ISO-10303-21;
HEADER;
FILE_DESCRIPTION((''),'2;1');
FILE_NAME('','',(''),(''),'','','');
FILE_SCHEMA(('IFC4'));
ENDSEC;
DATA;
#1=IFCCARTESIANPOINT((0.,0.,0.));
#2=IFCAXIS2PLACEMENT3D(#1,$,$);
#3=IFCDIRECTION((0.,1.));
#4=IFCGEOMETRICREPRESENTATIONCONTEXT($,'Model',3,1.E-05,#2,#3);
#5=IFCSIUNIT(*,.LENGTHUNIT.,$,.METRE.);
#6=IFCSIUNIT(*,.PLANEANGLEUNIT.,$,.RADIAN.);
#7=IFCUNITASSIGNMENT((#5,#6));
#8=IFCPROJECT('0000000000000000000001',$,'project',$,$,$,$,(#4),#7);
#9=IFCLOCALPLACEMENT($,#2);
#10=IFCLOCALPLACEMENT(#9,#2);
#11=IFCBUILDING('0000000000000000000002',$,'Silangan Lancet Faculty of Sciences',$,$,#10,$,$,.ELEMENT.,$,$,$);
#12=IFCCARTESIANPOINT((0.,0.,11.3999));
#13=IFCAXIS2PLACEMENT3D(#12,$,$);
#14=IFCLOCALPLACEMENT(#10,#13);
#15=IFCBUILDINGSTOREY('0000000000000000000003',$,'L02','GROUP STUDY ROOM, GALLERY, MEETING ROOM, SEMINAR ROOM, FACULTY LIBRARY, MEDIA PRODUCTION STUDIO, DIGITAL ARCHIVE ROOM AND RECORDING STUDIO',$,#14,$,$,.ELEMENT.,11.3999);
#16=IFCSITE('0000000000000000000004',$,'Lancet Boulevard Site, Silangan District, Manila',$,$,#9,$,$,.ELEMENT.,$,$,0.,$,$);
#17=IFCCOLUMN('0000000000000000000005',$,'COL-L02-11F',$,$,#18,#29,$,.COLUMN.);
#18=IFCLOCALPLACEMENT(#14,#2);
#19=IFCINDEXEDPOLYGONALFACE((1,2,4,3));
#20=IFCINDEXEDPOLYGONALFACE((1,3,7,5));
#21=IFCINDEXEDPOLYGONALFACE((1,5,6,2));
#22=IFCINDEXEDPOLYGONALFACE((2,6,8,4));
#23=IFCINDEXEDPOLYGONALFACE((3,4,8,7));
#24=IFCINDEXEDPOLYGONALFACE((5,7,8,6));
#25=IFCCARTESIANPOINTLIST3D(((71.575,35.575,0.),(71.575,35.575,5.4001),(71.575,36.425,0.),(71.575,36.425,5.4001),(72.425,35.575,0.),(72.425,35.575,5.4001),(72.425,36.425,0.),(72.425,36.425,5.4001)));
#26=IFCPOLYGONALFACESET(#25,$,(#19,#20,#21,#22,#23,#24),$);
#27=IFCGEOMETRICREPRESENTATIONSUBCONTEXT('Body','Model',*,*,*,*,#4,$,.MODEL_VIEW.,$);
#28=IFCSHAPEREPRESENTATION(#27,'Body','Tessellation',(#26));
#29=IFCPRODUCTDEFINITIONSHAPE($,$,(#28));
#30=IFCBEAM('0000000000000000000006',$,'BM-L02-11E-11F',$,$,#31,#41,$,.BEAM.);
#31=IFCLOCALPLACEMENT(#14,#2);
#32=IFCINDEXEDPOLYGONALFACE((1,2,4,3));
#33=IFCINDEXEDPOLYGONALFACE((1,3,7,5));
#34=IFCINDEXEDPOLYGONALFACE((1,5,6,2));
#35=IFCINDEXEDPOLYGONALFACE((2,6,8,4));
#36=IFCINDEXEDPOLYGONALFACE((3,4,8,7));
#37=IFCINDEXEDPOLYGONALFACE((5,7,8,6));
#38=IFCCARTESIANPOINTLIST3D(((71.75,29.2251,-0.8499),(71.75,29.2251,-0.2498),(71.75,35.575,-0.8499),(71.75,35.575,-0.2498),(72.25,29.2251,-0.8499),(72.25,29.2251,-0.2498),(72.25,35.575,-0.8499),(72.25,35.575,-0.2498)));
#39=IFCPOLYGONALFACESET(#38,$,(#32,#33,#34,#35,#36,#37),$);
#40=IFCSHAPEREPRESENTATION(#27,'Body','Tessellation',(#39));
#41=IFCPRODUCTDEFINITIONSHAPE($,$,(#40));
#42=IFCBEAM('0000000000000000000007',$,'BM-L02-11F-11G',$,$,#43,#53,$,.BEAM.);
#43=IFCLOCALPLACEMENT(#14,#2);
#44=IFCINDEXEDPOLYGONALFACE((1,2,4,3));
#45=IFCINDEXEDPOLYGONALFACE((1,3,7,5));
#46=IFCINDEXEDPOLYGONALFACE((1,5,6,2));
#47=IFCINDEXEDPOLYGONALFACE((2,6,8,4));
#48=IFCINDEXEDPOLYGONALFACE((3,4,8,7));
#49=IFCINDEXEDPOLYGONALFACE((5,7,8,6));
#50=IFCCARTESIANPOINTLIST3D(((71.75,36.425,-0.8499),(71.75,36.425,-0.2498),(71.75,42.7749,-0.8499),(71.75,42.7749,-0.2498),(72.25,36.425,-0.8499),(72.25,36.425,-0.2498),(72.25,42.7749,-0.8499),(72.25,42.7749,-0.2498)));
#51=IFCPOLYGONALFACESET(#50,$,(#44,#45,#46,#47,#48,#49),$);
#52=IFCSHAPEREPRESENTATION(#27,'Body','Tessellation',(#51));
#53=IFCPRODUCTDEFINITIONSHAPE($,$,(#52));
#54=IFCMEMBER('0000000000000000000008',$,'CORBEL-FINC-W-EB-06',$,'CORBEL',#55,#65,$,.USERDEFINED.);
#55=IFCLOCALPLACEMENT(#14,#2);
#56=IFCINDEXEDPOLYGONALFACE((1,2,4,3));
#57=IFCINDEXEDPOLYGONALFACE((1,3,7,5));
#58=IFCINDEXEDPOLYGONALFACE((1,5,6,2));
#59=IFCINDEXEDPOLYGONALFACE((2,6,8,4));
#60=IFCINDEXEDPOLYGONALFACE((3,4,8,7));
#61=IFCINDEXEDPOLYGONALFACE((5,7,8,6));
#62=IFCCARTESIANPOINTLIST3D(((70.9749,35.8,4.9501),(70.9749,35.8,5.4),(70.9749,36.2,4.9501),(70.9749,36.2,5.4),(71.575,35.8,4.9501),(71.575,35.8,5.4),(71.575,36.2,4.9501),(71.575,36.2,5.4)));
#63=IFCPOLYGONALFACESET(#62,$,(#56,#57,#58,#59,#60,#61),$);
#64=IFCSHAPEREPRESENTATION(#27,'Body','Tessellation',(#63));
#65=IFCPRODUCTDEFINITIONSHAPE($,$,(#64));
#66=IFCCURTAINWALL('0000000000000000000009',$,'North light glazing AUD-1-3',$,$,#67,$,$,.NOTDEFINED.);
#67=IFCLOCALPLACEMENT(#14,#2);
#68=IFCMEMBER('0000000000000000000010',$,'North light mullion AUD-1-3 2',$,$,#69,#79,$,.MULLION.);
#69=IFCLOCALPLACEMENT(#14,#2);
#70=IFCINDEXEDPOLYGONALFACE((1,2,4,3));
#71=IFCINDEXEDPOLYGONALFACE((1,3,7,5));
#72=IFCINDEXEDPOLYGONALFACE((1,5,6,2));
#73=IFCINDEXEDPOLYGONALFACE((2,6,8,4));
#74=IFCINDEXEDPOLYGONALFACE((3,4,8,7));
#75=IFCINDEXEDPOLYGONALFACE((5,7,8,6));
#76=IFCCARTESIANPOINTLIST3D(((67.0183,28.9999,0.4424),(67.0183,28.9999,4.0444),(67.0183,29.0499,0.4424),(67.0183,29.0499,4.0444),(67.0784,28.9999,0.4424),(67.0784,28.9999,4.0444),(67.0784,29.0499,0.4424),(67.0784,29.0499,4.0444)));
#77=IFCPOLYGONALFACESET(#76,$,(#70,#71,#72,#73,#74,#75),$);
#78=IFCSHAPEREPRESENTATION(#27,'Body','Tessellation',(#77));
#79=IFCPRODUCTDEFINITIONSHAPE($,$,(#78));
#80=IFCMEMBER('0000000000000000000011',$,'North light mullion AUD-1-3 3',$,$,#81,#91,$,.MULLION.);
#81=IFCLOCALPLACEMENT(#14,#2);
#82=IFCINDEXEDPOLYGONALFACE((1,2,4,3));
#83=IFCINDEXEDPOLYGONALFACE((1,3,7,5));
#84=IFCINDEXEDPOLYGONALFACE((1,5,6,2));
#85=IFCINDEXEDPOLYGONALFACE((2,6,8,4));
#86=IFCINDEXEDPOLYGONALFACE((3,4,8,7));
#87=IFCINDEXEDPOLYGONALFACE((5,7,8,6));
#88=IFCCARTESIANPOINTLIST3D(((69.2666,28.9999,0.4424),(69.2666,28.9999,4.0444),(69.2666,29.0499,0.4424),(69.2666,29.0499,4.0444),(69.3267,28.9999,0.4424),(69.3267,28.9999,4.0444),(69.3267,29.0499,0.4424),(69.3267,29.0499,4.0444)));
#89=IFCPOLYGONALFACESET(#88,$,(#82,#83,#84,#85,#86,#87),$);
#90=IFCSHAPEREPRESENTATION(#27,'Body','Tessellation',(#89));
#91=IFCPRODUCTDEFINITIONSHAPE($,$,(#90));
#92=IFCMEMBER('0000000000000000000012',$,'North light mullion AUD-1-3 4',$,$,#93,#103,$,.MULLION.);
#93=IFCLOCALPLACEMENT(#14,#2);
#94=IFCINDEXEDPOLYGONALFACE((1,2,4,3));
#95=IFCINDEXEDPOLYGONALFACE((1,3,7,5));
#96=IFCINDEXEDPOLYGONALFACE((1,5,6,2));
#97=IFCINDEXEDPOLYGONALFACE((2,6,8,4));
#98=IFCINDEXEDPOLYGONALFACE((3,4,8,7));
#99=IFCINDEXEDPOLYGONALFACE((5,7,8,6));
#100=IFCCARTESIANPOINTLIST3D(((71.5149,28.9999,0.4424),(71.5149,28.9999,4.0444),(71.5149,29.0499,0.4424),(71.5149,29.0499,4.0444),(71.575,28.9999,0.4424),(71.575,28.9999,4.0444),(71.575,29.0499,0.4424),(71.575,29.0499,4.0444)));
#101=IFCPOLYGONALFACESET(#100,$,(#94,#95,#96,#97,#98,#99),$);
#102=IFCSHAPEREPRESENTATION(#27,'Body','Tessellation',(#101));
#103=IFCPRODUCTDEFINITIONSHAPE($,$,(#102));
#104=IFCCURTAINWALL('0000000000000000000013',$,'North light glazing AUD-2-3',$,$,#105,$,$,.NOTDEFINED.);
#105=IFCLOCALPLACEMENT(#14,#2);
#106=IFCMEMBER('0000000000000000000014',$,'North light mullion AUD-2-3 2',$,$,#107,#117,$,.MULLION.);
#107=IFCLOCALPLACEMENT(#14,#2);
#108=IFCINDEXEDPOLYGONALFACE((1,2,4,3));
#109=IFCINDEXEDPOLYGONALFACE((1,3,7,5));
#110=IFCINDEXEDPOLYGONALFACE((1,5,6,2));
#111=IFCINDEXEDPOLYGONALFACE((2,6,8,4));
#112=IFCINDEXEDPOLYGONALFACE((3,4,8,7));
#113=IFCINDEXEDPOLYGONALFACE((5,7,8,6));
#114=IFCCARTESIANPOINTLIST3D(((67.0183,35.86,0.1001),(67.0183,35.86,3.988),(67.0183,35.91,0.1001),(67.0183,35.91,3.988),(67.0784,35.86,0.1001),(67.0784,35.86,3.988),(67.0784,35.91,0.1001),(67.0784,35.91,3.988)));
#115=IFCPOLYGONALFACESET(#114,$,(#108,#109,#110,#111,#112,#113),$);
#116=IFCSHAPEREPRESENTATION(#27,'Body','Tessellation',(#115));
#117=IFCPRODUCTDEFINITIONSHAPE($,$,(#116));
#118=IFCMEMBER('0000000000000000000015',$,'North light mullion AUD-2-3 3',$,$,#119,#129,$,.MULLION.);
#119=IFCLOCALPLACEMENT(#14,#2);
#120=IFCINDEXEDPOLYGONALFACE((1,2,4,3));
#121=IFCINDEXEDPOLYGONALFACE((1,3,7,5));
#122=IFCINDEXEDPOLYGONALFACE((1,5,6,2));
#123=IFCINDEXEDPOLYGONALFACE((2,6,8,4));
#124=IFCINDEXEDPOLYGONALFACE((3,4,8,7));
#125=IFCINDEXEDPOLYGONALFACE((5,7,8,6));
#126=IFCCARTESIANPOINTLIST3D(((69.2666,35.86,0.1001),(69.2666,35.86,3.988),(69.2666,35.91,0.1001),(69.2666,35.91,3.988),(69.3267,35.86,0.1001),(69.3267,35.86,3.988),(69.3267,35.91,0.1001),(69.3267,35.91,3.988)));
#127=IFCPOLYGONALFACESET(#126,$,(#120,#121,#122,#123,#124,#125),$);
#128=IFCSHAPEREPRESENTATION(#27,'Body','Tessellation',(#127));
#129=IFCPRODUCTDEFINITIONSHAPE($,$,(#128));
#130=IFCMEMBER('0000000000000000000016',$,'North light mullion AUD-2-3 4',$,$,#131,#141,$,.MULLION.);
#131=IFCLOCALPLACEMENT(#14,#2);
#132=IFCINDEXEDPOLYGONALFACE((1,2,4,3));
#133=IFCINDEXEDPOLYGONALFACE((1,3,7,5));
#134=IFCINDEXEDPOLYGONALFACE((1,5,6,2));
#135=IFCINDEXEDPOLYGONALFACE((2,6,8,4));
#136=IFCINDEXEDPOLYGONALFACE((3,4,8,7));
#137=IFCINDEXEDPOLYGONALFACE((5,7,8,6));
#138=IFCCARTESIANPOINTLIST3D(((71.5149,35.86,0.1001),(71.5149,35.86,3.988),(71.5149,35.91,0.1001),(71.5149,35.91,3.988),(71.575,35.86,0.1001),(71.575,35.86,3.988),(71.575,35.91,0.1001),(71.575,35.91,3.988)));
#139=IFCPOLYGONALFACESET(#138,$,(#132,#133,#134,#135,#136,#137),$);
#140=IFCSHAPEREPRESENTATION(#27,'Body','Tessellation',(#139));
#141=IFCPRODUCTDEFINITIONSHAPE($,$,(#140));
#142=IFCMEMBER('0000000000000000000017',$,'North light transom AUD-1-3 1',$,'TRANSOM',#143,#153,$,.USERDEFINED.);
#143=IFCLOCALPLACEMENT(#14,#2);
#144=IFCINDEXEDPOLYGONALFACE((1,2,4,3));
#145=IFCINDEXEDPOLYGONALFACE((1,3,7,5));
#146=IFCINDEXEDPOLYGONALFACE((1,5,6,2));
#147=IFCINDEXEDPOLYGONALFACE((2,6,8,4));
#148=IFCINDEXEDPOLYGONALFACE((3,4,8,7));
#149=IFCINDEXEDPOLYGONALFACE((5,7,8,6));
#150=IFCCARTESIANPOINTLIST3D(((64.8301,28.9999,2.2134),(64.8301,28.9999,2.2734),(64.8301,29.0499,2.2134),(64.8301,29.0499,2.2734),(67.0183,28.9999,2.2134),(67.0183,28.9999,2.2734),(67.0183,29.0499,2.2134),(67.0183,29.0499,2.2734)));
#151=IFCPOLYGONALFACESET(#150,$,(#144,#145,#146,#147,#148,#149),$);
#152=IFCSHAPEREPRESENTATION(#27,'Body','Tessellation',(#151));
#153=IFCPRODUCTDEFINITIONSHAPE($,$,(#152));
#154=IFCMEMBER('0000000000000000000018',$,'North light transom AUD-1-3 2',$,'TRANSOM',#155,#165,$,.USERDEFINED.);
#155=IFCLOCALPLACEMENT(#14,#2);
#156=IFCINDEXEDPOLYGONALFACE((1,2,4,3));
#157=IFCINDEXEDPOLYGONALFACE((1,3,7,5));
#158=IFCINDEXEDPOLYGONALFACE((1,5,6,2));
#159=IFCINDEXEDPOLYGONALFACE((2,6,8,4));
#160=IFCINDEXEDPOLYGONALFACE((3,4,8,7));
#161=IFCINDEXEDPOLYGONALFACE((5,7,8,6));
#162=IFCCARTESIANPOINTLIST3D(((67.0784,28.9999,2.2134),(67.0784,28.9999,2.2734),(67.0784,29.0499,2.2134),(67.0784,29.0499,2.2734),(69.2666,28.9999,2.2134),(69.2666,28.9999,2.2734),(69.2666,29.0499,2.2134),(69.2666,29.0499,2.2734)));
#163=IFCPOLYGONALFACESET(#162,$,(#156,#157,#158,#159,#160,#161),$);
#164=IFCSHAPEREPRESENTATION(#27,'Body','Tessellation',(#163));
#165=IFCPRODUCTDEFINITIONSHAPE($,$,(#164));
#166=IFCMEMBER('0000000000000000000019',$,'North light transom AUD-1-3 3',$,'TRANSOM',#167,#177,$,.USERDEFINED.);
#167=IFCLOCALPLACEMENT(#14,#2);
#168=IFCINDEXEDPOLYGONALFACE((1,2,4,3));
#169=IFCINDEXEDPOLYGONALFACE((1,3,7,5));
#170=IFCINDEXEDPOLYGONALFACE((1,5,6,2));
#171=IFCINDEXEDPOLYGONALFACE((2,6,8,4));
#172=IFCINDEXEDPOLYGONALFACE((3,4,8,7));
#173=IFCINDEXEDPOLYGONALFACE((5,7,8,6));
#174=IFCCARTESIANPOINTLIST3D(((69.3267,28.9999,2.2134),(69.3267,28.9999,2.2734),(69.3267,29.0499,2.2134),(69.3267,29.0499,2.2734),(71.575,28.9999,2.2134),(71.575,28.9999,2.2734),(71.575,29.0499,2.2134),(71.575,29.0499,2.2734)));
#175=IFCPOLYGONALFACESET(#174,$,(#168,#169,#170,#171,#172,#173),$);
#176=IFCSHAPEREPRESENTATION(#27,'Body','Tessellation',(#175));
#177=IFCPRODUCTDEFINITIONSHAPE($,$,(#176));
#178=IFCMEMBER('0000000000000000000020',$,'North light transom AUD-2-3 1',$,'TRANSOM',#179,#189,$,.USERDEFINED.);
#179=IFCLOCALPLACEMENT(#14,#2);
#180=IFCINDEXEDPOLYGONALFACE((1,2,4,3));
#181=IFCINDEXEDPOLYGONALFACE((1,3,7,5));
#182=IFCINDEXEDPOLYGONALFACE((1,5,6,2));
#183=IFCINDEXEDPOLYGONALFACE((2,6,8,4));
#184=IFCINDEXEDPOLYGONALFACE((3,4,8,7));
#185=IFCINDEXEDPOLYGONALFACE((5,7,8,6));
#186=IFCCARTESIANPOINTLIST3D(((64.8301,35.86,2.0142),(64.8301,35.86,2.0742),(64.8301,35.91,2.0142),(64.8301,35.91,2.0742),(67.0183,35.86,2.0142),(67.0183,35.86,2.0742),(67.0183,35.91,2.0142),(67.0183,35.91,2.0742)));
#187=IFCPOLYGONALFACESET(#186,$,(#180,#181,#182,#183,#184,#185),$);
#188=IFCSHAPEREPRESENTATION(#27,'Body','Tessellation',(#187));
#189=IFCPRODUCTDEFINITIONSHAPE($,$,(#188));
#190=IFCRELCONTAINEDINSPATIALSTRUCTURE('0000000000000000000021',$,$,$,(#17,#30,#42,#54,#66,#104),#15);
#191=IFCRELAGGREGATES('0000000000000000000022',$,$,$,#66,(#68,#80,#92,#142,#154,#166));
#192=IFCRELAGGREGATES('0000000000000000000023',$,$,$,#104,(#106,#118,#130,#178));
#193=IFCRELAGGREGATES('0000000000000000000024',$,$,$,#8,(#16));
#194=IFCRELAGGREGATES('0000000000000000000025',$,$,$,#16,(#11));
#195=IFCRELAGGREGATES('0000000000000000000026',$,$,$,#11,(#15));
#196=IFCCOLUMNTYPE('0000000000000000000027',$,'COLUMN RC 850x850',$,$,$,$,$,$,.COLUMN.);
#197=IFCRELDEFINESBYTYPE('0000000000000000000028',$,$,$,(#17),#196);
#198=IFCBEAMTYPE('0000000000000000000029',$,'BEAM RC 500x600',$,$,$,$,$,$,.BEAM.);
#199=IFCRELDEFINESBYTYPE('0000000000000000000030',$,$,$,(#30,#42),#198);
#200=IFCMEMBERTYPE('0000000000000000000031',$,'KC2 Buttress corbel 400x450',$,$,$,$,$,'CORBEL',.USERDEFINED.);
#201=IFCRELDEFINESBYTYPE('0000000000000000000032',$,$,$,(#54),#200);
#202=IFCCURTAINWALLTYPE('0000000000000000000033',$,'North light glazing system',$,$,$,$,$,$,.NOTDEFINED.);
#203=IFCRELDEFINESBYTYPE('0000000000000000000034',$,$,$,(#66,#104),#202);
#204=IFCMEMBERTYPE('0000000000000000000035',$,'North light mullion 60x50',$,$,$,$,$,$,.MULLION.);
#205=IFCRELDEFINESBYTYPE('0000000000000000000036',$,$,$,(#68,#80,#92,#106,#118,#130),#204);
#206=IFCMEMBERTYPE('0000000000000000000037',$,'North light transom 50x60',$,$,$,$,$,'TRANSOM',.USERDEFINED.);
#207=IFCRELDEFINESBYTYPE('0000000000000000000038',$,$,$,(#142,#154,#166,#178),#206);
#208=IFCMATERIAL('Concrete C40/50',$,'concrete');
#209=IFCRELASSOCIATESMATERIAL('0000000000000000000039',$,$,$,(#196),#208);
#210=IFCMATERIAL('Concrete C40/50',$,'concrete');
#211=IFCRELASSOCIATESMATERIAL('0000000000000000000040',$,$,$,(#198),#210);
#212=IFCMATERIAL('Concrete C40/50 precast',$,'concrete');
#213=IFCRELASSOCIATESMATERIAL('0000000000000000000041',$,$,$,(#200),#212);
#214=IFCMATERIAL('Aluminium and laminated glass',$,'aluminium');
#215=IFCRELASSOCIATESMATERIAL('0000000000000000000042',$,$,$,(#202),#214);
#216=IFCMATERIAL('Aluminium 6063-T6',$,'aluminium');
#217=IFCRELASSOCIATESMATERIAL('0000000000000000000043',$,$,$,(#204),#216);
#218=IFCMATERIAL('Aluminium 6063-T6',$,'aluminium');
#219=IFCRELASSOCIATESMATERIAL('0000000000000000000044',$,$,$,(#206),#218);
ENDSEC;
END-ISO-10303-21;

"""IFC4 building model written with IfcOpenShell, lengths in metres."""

from ifc_helpers import new_model, si_unit, direction, frame, origin, origin_2d, place, context, subcontext, project, spatial, rectangle, extrude, material, material_profile, profile_set, type_object, element, aggregate, save


model = new_model("IFC4")

# Units and contexts
model_context = context("Model", 3, precision=1e-05, world=origin(), true_north=direction((0.0, 1.0)))
body_context = subcontext(model_context, "Body", "Model", "MODEL_VIEW")
ifc_project = project(units=[si_unit("LENGTHUNIT", "METRE"), si_unit("PLANEANGLEUNIT", "RADIAN")], contexts=[model_context])

# Site, building, storey
site_placement = place(None, origin())
site = spatial("IfcSite", under=ifc_project, at=site_placement, Name="Lancet Boulevard Site, Silangan District, Manila", CompositionType="ELEMENT", RefElevation=0.0)
building_placement = place(site_placement, origin())
building = spatial("IfcBuilding", under=site, at=building_placement, Name="Silangan Lancet Faculty of Sciences", CompositionType="ELEMENT")
storey_placement = place(building_placement, frame((0.0, 0.0, 11.3999)))
storey = spatial("IfcBuildingStorey", under=building, at=storey_placement, Name="L02", Description="GROUP STUDY ROOM, GALLERY, MEETING ROOM, SEMINAR ROOM, FACULTY LIBRARY, MEDIA PRODUCTION STUDIO, DIGITAL ARCHIVE ROOM AND RECORDING STUDIO", CompositionType="ELEMENT", Elevation=11.3999)

# Column
ifc_material_1 = material(Name="Concrete C40/50", Category="concrete")
ifc_material_profile_1 = material_profile(ifc_material_1, rectangle(XDim=0.8501, YDim=0.8501, at=origin_2d()), Name="RC 850x850")
ifc_profile_set_1 = profile_set([ifc_material_profile_1], Name="Concrete C40/50")
column_type = type_object("IfcColumnType", Name="COLUMN RC 850x850", PredefinedType="COLUMN", material=ifc_profile_set_1)
column_placement = place(storey_placement, frame((72.0, 36.0, 0.0), z_axis=(0.0, 0.0, 1.0), x_axis=(1.0, 0.0, 0.0)))
element("IfcColumn", 1, at=column_placement, inside=storey, type_object=column_type, Name="COL-L02-11F", PredefinedType="COLUMN", context=body_context, shape_type="SweptSolid", body=[
    extrude(rectangle(XDim=0.8501, YDim=0.8501, at=origin_2d()), origin(), (0.0, 0.0, 1.0), 5.4001),
])

# Beams
ifc_material_2 = material(Name="Concrete C40/50", Category="concrete")
ifc_material_profile_2 = material_profile(ifc_material_2, rectangle(XDim=0.5, YDim=0.6001, at=origin_2d()), Name="RC 500x600")
ifc_profile_set_2 = profile_set([ifc_material_profile_2], Name="Concrete C40/50")
beam_type = type_object("IfcBeamType", Name="BEAM RC 500x600", PredefinedType="BEAM", material=ifc_profile_set_2)
for number, where, z_axis, x_axis, name in (
    (2, (72.0, 29.2251, -0.5498), (0.0, 1.0, 0.0), (-1.0, 0.0, 0.0), "BM-L02-11E-11F"),
    (3, (72.0, 36.425, -0.5498), (0.0, 1.0, 0.0), (-1.0, 0.0, 0.0), "BM-L02-11F-11G"),
):
    element("IfcBeam", number, at=place(storey_placement, frame(where, z_axis=z_axis, x_axis=x_axis)), inside=storey, type_object=beam_type, Name=name, PredefinedType="BEAM", context=body_context, shape_type="SweptSolid", body=[
        extrude(rectangle(XDim=0.5, YDim=0.6001, at=origin_2d()), origin(), (0.0, 0.0, 1.0), 6.3499),
    ])

# Member
ifc_material_3 = material(Name="Concrete C40/50 precast", Category="concrete")
ifc_material_profile_3 = material_profile(ifc_material_3, rectangle(XDim=0.3999, YDim=0.45, at=origin_2d()), Name="RC 400x450")
ifc_profile_set_3 = profile_set([ifc_material_profile_3], Name="Concrete C40/50 precast")
member_type_1 = type_object("IfcMemberType", Name="KC2 Buttress corbel 400x450", ElementType="CORBEL", PredefinedType="USERDEFINED", material=ifc_profile_set_3)
member_1_placement = place(storey_placement, frame((71.575, 36.0, 5.175), z_axis=(-1.0, 0.0, 0.0), x_axis=(0.0, -1.0, 0.0)))
element("IfcMember", 4, at=member_1_placement, inside=storey, type_object=member_type_1, Name="CORBEL-FINC-W-EB-06", ObjectType="CORBEL", PredefinedType="USERDEFINED", context=body_context, shape_type="SweptSolid", body=[
    extrude(rectangle(XDim=0.3999, YDim=0.45, at=origin_2d()), origin(), (0.0, 0.0, 1.0), 0.6001),
])

# Curtain walls, members
ifc_material_4 = material(Name="Aluminium and laminated glass", Category="aluminium")
curtain_wall_type = type_object("IfcCurtainWallType", Name="North light glazing system", PredefinedType="NOTDEFINED", material=ifc_material_4)
curtain_wall_1_placement = place(storey_placement, origin())
curtain_wall_1 = element("IfcCurtainWall", 5, at=curtain_wall_1_placement, inside=storey, type_object=curtain_wall_type, Name="North light glazing AUD-1-3", PredefinedType="NOTDEFINED")
ifc_material_5 = material(Name="Aluminium 6063-T6", Category="aluminium")
ifc_material_profile_4 = material_profile(ifc_material_5, rectangle(XDim=0.0601, YDim=0.05, at=origin_2d()), Name="AL 60x50")
ifc_profile_set_4 = profile_set([ifc_material_profile_4], Name="Aluminium 6063-T6")
member_type_2 = type_object("IfcMemberType", Name="North light mullion 60x50", PredefinedType="MULLION", material=ifc_profile_set_4)
member_2_placement = place(storey_placement, frame((67.0483, 29.0249, 0.4424), z_axis=(0.0, 0.0, 1.0), x_axis=(1.0, 0.0, 0.0)))
member_2 = element("IfcMember", 6, at=member_2_placement, type_object=member_type_2, Name="North light mullion AUD-1-3 2", PredefinedType="MULLION", context=body_context, shape_type="SweptSolid", body=[
    extrude(rectangle(XDim=0.0601, YDim=0.05, at=origin_2d()), origin(), (0.0, 0.0, 1.0), 3.6021),
])
member_3_placement = place(storey_placement, frame((69.2966, 29.0249, 0.4424), z_axis=(0.0, 0.0, 1.0), x_axis=(1.0, 0.0, 0.0)))
member_3 = element("IfcMember", 7, at=member_3_placement, type_object=member_type_2, Name="North light mullion AUD-1-3 3", PredefinedType="MULLION", context=body_context, shape_type="SweptSolid", body=[
    extrude(rectangle(XDim=0.0601, YDim=0.05, at=origin_2d()), origin(), (0.0, 0.0, 1.0), 3.6021),
])
member_4_placement = place(storey_placement, frame((71.5449, 29.0249, 0.4424), z_axis=(0.0, 0.0, 1.0), x_axis=(1.0, 0.0, 0.0)))
member_4 = element("IfcMember", 8, at=member_4_placement, type_object=member_type_2, Name="North light mullion AUD-1-3 4", PredefinedType="MULLION", context=body_context, shape_type="SweptSolid", body=[
    extrude(rectangle(XDim=0.0601, YDim=0.05, at=origin_2d()), origin(), (0.0, 0.0, 1.0), 3.6021),
])
curtain_wall_2_placement = place(storey_placement, origin())
curtain_wall_2 = element("IfcCurtainWall", 9, at=curtain_wall_2_placement, inside=storey, type_object=curtain_wall_type, Name="North light glazing AUD-2-3", PredefinedType="NOTDEFINED")
member_5_placement = place(storey_placement, frame((67.0483, 35.885, 0.1001), z_axis=(0.0, 0.0, 1.0), x_axis=(1.0, 0.0, 0.0)))
member_5 = element("IfcMember", 10, at=member_5_placement, type_object=member_type_2, Name="North light mullion AUD-2-3 2", PredefinedType="MULLION", context=body_context, shape_type="SweptSolid", body=[
    extrude(rectangle(XDim=0.0601, YDim=0.05, at=origin_2d()), origin(), (0.0, 0.0, 1.0), 3.8879),
])
member_6_placement = place(storey_placement, frame((69.2966, 35.885, 0.1001), z_axis=(0.0, 0.0, 1.0), x_axis=(1.0, 0.0, 0.0)))
member_6 = element("IfcMember", 11, at=member_6_placement, type_object=member_type_2, Name="North light mullion AUD-2-3 3", PredefinedType="MULLION", context=body_context, shape_type="SweptSolid", body=[
    extrude(rectangle(XDim=0.0601, YDim=0.05, at=origin_2d()), origin(), (0.0, 0.0, 1.0), 3.8879),
])
member_7_placement = place(storey_placement, frame((71.5449, 35.885, 0.1001), z_axis=(0.0, 0.0, 1.0), x_axis=(1.0, 0.0, 0.0)))
member_7 = element("IfcMember", 12, at=member_7_placement, type_object=member_type_2, Name="North light mullion AUD-2-3 4", PredefinedType="MULLION", context=body_context, shape_type="SweptSolid", body=[
    extrude(rectangle(XDim=0.0601, YDim=0.05, at=origin_2d()), origin(), (0.0, 0.0, 1.0), 3.8879),
])

# Members
ifc_material_6 = material(Name="Aluminium 6063-T6", Category="aluminium")
ifc_material_profile_5 = material_profile(ifc_material_6, rectangle(XDim=0.05, YDim=0.0601, at=origin_2d()), Name="AL 50x60")
ifc_profile_set_5 = profile_set([ifc_material_profile_5], Name="Aluminium 6063-T6")
member_type_3 = type_object("IfcMemberType", Name="North light transom 50x60", ElementType="TRANSOM", PredefinedType="USERDEFINED", material=ifc_profile_set_5)
member_8_placement = place(storey_placement, frame((64.8301, 29.0249, 2.2434), z_axis=(1.0, 0.0, 0.0), x_axis=(0.0, 1.0, 0.0)))
member_8 = element("IfcMember", 13, at=member_8_placement, type_object=member_type_3, Name="North light transom AUD-1-3 1", ObjectType="TRANSOM", PredefinedType="USERDEFINED", context=body_context, shape_type="SweptSolid", body=[
    extrude(rectangle(XDim=0.05, YDim=0.0601, at=origin_2d()), origin(), (0.0, 0.0, 1.0), 2.1882),
])
member_9_placement = place(storey_placement, frame((67.0784, 29.0249, 2.2434), z_axis=(1.0, 0.0, 0.0), x_axis=(0.0, 1.0, 0.0)))
member_9 = element("IfcMember", 14, at=member_9_placement, type_object=member_type_3, Name="North light transom AUD-1-3 2", ObjectType="TRANSOM", PredefinedType="USERDEFINED", context=body_context, shape_type="SweptSolid", body=[
    extrude(rectangle(XDim=0.05, YDim=0.0601, at=origin_2d()), origin(), (0.0, 0.0, 1.0), 2.1882),
])
member_10_placement = place(storey_placement, frame((69.3267, 29.0249, 2.2434), z_axis=(1.0, 0.0, 0.0), x_axis=(0.0, 1.0, 0.0)))
member_10 = element("IfcMember", 15, at=member_10_placement, type_object=member_type_3, Name="North light transom AUD-1-3 3", ObjectType="TRANSOM", PredefinedType="USERDEFINED", context=body_context, shape_type="SweptSolid", body=[
    extrude(rectangle(XDim=0.05, YDim=0.0601, at=origin_2d()), origin(), (0.0, 0.0, 1.0), 2.2483),
])
aggregate(curtain_wall_1, [member_2, member_3, member_4, member_8, member_9, member_10])
member_11_placement = place(storey_placement, frame((64.8301, 35.885, 2.0442), z_axis=(1.0, 0.0, 0.0), x_axis=(0.0, 1.0, 0.0)))
member_11 = element("IfcMember", 16, at=member_11_placement, type_object=member_type_3, Name="North light transom AUD-2-3 1", ObjectType="TRANSOM", PredefinedType="USERDEFINED", context=body_context, shape_type="SweptSolid", body=[
    extrude(rectangle(XDim=0.05, YDim=0.0601, at=origin_2d()), origin(), (0.0, 0.0, 1.0), 2.1882),
])

aggregate(curtain_wall_2, [member_5, member_6, member_7, member_11])

save(model, "model.ifc")
